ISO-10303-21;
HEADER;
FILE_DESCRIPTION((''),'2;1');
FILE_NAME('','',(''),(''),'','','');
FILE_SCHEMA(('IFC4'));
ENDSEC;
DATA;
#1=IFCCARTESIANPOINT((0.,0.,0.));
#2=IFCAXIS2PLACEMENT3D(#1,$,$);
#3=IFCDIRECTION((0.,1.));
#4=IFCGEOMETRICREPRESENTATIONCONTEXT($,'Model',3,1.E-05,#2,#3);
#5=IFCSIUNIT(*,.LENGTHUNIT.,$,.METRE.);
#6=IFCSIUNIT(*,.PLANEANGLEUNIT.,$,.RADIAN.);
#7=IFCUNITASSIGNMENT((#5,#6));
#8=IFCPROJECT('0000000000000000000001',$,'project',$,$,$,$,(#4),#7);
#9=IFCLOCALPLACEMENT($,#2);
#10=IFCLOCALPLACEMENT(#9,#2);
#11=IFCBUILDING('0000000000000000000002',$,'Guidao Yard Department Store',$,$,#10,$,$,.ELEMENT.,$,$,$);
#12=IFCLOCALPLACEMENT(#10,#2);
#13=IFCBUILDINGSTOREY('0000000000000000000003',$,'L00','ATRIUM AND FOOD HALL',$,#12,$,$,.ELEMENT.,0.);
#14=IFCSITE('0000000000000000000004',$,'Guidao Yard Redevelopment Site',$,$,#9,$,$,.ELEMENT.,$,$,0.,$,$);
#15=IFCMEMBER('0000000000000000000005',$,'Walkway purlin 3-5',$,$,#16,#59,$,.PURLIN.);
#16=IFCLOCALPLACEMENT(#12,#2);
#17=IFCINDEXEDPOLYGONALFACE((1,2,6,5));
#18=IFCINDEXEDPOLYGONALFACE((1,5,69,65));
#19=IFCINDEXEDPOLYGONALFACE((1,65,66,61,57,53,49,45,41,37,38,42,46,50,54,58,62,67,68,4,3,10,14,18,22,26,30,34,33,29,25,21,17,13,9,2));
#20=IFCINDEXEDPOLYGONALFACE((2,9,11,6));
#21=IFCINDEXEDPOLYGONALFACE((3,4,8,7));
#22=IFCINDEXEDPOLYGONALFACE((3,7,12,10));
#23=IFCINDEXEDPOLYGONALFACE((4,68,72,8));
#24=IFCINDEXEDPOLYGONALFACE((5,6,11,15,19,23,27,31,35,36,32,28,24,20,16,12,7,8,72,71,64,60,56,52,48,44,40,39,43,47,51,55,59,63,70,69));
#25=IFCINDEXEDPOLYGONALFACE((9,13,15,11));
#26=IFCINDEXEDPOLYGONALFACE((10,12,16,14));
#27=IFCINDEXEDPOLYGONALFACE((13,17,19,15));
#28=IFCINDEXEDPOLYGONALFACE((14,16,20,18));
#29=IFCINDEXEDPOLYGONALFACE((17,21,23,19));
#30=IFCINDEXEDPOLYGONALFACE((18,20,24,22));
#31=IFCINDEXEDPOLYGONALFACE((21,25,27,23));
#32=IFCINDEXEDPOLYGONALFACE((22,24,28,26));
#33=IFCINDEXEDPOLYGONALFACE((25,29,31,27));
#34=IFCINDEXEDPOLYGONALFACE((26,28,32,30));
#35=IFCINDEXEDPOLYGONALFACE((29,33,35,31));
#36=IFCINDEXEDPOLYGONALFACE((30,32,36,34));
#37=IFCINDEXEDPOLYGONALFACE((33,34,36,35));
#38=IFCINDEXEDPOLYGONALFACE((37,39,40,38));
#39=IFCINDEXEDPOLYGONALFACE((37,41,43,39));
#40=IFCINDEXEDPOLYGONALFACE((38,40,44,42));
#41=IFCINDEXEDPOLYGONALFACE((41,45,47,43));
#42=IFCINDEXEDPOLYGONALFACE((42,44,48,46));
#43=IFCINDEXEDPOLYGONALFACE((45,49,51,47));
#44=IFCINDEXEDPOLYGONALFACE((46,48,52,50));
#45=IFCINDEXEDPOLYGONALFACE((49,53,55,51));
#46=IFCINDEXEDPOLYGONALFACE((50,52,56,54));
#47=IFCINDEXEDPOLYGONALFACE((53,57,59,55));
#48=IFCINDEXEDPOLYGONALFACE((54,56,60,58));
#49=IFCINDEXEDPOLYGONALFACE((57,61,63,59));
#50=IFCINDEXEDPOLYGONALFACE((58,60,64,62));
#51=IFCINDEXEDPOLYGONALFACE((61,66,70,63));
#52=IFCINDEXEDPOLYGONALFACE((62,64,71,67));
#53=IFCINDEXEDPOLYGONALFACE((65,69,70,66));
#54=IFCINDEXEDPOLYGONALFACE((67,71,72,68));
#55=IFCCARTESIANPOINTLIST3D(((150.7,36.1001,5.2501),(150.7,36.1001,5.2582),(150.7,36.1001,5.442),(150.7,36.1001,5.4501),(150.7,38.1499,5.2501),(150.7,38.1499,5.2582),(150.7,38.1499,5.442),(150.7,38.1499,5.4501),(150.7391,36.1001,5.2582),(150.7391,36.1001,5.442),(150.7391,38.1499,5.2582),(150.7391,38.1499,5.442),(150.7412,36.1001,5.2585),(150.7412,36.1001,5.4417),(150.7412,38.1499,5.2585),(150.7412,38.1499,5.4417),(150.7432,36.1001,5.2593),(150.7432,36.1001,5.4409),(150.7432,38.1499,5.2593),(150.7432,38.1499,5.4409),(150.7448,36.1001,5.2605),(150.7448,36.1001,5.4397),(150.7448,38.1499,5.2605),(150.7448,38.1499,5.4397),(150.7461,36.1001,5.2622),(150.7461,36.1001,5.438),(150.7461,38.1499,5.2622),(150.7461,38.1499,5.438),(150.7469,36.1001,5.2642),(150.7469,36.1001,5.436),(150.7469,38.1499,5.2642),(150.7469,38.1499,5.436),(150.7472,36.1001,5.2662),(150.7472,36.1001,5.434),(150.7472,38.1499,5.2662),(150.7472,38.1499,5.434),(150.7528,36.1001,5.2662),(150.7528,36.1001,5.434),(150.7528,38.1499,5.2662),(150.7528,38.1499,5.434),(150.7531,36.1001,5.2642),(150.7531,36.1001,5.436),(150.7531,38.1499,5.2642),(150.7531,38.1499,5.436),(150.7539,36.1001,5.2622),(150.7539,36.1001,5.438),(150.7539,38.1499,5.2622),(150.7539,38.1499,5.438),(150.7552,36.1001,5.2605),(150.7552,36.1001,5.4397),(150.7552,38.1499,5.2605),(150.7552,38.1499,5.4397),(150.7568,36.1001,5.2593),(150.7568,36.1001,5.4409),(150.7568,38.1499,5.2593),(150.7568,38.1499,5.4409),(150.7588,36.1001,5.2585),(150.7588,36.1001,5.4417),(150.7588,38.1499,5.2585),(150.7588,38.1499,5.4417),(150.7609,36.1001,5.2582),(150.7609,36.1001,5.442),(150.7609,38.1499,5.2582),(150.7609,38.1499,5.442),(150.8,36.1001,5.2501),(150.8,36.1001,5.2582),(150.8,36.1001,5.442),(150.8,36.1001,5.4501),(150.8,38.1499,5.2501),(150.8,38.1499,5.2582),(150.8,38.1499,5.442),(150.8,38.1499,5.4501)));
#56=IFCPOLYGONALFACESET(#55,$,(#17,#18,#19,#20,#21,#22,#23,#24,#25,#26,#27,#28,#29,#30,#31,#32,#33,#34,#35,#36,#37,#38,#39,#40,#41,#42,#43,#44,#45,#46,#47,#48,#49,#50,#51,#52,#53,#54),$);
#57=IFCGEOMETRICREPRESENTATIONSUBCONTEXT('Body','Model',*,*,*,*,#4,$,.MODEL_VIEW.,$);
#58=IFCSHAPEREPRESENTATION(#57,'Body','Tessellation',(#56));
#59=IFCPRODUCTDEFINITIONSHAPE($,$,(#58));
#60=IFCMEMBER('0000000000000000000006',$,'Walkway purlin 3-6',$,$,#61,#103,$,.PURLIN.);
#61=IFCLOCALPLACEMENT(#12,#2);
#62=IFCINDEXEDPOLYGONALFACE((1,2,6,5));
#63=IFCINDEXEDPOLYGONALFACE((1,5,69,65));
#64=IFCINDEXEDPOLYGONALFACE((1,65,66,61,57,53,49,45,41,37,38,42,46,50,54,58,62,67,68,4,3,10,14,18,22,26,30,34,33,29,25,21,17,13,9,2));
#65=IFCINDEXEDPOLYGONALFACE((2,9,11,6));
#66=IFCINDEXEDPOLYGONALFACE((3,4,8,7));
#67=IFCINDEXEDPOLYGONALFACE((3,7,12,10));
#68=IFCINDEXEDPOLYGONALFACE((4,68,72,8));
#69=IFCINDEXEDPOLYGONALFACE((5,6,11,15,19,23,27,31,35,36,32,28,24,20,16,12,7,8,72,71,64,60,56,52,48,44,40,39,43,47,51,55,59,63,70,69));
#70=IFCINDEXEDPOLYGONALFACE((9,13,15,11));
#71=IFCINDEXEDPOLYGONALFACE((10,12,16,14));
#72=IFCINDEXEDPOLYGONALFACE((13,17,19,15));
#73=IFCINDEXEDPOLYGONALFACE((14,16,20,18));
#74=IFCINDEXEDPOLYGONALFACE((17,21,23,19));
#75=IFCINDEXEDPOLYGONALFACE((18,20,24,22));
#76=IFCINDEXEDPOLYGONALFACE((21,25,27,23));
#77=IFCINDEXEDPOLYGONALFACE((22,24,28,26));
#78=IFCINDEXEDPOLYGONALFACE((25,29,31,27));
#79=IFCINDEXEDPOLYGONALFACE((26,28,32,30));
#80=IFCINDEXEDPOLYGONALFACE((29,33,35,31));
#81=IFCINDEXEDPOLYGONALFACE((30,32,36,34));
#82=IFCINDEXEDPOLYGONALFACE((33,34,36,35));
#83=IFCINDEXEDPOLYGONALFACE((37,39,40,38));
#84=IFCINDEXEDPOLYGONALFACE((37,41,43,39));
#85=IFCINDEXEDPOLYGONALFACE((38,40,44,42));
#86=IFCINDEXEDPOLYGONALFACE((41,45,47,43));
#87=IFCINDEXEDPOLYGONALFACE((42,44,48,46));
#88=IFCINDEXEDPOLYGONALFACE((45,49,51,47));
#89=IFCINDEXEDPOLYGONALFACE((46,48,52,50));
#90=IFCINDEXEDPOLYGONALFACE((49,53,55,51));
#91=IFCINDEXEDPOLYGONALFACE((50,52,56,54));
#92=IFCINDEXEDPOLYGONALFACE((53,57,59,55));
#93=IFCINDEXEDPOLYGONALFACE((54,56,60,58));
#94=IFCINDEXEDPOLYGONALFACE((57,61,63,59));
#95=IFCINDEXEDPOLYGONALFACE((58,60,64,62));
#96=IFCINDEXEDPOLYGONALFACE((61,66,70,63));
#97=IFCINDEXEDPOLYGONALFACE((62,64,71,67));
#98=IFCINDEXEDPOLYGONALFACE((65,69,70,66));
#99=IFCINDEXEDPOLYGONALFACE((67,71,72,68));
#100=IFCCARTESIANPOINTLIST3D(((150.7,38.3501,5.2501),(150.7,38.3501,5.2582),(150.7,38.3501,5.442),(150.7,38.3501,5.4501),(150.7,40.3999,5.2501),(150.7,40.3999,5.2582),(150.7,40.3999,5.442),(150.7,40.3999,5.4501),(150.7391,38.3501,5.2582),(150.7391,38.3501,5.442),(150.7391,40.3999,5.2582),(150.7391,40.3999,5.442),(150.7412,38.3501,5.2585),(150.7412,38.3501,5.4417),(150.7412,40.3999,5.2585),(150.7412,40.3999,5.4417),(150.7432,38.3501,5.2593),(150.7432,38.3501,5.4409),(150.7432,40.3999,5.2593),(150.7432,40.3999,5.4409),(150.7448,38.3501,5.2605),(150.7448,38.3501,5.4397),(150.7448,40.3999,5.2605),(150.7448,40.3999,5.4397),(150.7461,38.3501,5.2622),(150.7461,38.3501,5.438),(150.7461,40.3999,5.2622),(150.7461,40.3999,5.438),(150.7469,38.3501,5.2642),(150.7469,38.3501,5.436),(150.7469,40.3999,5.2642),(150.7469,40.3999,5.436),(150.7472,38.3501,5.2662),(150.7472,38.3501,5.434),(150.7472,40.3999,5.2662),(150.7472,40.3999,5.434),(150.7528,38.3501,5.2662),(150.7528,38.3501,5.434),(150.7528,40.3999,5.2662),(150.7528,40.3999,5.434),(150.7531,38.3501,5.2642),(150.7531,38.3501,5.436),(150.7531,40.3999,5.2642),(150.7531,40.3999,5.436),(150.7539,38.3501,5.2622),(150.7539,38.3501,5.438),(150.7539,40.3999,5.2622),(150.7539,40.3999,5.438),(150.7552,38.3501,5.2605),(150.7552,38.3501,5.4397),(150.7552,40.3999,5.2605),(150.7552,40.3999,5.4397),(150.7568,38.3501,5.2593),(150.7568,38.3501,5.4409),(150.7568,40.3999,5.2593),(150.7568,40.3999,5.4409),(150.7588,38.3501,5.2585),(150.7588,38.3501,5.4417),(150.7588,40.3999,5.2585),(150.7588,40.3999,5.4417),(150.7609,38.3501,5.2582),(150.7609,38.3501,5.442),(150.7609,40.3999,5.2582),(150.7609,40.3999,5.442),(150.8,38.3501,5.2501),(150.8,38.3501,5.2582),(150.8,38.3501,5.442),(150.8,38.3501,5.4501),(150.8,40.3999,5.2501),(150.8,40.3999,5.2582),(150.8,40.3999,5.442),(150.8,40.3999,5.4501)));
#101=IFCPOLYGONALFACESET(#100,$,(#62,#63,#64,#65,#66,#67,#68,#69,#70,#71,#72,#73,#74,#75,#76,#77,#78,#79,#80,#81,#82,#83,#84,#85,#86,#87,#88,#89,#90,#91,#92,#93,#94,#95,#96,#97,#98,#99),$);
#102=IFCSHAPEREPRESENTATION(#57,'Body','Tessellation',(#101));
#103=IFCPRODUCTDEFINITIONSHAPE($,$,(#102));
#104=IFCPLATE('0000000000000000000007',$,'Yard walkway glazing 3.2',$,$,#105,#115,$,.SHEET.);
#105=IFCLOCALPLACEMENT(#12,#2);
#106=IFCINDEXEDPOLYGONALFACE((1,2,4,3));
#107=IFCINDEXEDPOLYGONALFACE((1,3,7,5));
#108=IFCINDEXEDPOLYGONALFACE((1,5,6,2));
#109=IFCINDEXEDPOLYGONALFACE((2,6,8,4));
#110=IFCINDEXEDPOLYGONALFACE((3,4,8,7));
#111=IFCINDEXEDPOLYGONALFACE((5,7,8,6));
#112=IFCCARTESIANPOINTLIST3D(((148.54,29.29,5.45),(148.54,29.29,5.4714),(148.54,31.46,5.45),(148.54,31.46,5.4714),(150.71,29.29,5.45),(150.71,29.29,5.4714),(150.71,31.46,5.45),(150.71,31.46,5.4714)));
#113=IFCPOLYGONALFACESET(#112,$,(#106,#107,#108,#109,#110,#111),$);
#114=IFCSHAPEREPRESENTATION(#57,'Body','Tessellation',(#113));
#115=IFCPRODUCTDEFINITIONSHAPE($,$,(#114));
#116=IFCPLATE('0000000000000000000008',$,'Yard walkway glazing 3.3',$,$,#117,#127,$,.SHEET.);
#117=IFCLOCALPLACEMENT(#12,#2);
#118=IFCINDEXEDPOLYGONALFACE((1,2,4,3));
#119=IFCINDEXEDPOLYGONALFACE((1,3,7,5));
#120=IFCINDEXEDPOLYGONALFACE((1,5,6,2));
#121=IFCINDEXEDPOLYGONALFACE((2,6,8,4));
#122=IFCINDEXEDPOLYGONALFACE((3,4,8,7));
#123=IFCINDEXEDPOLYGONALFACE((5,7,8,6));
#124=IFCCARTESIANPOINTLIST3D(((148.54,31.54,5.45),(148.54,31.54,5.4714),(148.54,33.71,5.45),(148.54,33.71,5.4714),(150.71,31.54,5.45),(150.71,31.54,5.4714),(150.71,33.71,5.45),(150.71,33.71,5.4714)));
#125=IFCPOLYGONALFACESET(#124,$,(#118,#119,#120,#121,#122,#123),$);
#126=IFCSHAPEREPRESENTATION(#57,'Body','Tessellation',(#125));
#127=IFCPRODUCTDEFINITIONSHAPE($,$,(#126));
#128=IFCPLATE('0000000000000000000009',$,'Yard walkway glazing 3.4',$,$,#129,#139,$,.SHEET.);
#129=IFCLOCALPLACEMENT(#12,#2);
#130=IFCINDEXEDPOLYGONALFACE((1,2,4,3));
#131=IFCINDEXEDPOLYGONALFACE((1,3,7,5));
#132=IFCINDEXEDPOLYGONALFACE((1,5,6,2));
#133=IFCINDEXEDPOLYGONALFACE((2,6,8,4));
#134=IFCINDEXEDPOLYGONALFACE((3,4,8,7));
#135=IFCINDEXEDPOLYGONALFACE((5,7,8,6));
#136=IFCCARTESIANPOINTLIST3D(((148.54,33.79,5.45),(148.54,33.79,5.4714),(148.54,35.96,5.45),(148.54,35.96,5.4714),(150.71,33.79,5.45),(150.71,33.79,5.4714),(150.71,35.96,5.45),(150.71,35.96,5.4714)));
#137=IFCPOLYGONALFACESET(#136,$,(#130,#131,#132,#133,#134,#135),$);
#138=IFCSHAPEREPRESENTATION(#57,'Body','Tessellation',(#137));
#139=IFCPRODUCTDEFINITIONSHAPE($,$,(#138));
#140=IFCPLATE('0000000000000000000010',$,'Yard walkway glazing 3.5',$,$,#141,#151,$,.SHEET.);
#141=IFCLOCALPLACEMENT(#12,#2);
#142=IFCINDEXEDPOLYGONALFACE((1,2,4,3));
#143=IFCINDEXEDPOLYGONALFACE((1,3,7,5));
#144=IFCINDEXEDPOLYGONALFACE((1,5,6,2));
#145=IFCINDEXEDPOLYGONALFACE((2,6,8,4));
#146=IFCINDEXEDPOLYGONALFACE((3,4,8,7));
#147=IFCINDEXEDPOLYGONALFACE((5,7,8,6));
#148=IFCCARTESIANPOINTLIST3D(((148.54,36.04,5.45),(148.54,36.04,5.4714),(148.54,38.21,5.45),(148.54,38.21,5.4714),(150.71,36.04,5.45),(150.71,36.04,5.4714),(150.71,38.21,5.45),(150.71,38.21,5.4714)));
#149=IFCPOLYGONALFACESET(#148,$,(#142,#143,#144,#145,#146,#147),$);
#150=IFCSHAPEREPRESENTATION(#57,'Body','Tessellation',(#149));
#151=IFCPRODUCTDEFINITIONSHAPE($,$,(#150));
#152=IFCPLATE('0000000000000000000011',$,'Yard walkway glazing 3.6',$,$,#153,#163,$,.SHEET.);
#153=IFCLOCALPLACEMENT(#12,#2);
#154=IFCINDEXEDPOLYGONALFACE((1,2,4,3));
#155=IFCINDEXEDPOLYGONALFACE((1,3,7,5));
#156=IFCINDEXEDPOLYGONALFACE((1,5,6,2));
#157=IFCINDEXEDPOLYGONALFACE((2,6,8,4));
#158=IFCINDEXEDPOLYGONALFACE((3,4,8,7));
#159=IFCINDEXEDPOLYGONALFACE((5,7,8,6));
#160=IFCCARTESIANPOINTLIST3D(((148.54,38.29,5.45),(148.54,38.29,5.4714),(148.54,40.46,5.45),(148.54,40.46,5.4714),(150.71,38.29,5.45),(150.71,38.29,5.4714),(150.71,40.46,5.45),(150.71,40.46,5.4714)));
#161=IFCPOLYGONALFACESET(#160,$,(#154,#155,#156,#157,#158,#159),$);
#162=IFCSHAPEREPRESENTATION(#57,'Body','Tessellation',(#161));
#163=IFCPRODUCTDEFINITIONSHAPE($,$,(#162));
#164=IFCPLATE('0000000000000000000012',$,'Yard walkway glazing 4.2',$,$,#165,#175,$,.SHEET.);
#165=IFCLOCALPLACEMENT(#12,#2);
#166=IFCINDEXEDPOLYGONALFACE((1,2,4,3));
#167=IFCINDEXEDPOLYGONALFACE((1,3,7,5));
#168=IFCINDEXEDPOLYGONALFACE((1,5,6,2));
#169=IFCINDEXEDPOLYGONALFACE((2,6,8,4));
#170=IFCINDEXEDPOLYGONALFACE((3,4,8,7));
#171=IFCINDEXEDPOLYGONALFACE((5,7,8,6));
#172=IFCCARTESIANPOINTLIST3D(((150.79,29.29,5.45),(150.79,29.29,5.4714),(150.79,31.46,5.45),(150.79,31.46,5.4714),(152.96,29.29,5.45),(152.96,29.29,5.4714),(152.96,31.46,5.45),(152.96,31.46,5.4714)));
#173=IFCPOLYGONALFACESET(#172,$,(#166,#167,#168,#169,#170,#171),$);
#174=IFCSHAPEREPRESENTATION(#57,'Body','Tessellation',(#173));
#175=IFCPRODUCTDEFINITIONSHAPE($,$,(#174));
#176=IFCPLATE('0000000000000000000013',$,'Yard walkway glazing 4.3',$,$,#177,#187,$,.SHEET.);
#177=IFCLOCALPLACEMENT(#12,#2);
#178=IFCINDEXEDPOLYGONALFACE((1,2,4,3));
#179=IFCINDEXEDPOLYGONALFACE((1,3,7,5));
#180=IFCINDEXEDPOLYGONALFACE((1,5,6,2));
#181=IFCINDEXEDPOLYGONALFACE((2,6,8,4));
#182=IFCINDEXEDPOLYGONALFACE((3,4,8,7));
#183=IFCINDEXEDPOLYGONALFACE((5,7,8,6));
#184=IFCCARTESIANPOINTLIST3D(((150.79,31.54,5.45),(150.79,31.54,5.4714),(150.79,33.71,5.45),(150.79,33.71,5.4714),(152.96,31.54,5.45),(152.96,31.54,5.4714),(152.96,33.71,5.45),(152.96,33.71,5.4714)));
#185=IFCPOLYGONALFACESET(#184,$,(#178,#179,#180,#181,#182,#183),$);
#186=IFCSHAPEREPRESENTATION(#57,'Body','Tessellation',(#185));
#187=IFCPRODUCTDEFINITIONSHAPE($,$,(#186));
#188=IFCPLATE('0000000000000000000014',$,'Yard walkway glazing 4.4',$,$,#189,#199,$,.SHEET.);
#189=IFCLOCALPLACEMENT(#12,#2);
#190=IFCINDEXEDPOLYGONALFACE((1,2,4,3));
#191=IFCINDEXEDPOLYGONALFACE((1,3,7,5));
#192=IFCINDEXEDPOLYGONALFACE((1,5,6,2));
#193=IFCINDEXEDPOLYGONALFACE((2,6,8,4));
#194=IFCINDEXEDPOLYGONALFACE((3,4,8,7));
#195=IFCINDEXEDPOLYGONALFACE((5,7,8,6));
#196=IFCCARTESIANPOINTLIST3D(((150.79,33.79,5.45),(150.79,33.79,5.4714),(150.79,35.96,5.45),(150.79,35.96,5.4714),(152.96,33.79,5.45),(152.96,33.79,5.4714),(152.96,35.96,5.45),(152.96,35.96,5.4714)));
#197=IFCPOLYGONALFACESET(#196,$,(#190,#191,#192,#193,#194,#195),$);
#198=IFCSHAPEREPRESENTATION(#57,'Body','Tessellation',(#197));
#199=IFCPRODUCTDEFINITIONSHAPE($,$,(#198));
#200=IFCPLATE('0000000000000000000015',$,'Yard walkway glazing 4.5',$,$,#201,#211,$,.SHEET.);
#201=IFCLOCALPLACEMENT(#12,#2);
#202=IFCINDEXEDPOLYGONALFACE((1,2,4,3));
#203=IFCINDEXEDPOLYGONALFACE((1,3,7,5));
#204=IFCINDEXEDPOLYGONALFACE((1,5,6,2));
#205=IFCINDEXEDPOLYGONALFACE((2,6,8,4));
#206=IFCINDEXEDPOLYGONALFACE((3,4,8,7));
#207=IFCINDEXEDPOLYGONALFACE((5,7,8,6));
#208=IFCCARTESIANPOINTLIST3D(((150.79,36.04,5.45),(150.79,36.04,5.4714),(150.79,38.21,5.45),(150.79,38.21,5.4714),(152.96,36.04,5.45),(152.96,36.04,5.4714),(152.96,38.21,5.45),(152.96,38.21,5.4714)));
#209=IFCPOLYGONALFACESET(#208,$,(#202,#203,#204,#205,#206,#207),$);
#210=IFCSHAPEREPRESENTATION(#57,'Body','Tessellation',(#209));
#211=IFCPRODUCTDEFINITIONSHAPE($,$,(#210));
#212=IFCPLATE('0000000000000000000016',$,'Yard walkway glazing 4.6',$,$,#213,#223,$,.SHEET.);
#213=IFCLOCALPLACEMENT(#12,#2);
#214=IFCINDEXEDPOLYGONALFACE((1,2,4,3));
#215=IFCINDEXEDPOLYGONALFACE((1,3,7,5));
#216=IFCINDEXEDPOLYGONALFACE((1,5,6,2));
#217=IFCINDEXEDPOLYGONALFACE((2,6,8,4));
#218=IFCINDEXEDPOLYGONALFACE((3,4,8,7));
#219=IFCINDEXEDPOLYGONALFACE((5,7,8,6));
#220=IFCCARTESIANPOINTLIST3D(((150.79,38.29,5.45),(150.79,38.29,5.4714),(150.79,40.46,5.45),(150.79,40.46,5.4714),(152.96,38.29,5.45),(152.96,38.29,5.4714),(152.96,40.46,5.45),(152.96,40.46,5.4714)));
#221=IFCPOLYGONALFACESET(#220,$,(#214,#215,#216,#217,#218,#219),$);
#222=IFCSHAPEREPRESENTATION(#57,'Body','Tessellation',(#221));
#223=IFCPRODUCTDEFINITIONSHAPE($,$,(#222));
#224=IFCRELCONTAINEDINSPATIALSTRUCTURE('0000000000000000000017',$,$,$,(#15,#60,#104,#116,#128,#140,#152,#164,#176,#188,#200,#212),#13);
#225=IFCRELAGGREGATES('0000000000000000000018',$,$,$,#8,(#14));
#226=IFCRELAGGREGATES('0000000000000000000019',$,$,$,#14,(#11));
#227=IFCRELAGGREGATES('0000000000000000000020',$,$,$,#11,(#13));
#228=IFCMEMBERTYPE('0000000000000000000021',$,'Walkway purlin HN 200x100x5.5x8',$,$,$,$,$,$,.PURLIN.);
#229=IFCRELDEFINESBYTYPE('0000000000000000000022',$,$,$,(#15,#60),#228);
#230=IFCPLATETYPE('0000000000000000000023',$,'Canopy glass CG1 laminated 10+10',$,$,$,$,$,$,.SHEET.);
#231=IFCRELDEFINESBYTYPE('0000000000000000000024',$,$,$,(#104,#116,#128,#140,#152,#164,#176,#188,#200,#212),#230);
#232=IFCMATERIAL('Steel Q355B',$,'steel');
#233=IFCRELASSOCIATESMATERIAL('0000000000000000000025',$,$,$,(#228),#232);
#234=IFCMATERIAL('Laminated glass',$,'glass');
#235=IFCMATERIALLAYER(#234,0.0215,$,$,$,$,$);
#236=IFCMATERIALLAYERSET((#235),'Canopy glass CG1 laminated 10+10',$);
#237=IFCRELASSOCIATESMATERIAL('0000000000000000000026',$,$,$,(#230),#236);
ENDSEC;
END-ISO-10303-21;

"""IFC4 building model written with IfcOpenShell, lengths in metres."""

from ifc_helpers import new_model, si_unit, direction, frame, origin, origin_2d, place, context, subcontext, project, spatial, rectangle, i_section, extrude, material, layer, layer_set, material_profile, profile_set, type_object, element, save


model = new_model("IFC4")

# Units and contexts
model_context = context("Model", 3, precision=1e-05, world=origin(), true_north=direction((0.0, 1.0)))
body_context = subcontext(model_context, "Body", "Model", "MODEL_VIEW")
ifc_project = project(units=[si_unit("LENGTHUNIT", "METRE"), si_unit("PLANEANGLEUNIT", "RADIAN")], contexts=[model_context])

# Site, building, storey
site_placement = place(None, origin())
site = spatial("IfcSite", under=ifc_project, at=site_placement, Name="Guidao Yard Redevelopment Site", CompositionType="ELEMENT", RefElevation=0.0)
building_placement = place(site_placement, origin())
building = spatial("IfcBuilding", under=site, at=building_placement, Name="Guidao Yard Department Store", CompositionType="ELEMENT")
storey_placement = place(building_placement, origin())
storey = spatial("IfcBuildingStorey", under=building, at=storey_placement, Name="L00", Description="ATRIUM AND FOOD HALL", CompositionType="ELEMENT", Elevation=0.0)

# Members
ifc_material_1 = material(Name="Steel Q355B", Category="steel")
ifc_material_profile_1 = material_profile(ifc_material_1, i_section(OverallWidth=0.1001, OverallDepth=0.2, WebThickness=0.0056, FlangeThickness=0.0081, FilletRadius=0.0081, at=origin_2d()), Name="HN 200x100x5.5x8")
ifc_profile_set_1 = profile_set([ifc_material_profile_1], Name="Steel Q355B")
member_type = type_object("IfcMemberType", Name="Walkway purlin HN 200x100x5.5x8", PredefinedType="PURLIN", material=ifc_profile_set_1)
for number, where, z_axis, x_axis, name in (
    (1, (150.75, 36.1001, 5.3501), (0.0, 1.0, 0.0), (-1.0, 0.0, 0.0), "Walkway purlin 3-5"),
    (2, (150.75, 38.3501, 5.3501), (0.0, 1.0, 0.0), (-1.0, 0.0, 0.0), "Walkway purlin 3-6"),
):
    element("IfcMember", number, at=place(storey_placement, frame(where, z_axis=z_axis, x_axis=x_axis)), inside=storey, type_object=member_type, Name=name, PredefinedType="PURLIN", context=body_context, shape_type="SweptSolid", body=[
        extrude(i_section(OverallWidth=0.1001, OverallDepth=0.2, WebThickness=0.0056, FlangeThickness=0.0081, FilletRadius=0.0081, at=origin_2d()), origin(), (0.0, 0.0, 1.0), 2.0498),
    ])

# Plates
ifc_material_2 = material(Name="Laminated glass", Category="glass")
ifc_layer_1 = layer(ifc_material_2, 0.0215)
ifc_layer_set_1 = layer_set([ifc_layer_1], Name="Canopy glass CG1 laminated 10+10")
plate_type = type_object("IfcPlateType", Name="Canopy glass CG1 laminated 10+10", PredefinedType="SHEET", material=ifc_layer_set_1)
for number, where, z_axis, x_axis, name in (
    (3, (149.625, 30.375, 5.45), (0.0, 0.0, 1.0), (1.0, 0.0, 0.0), "Yard walkway glazing 3.2"),
    (4, (149.625, 32.625, 5.45), (0.0, 0.0, 1.0), (1.0, 0.0, 0.0), "Yard walkway glazing 3.3"),
    (5, (149.625, 34.875, 5.45), (0.0, 0.0, 1.0), (1.0, 0.0, 0.0), "Yard walkway glazing 3.4"),
    (6, (149.625, 37.125, 5.45), (0.0, 0.0, 1.0), (1.0, 0.0, 0.0), "Yard walkway glazing 3.5"),
    (7, (149.625, 39.375, 5.45), (0.0, 0.0, 1.0), (1.0, 0.0, 0.0), "Yard walkway glazing 3.6"),
    (8, (151.875, 30.375, 5.45), (0.0, 0.0, 1.0), (1.0, 0.0, 0.0), "Yard walkway glazing 4.2"),
    (9, (151.875, 32.625, 5.45), (0.0, 0.0, 1.0), (1.0, 0.0, 0.0), "Yard walkway glazing 4.3"),
    (10, (151.875, 34.875, 5.45), (0.0, 0.0, 1.0), (1.0, 0.0, 0.0), "Yard walkway glazing 4.4"),
    (11, (151.875, 37.125, 5.45), (0.0, 0.0, 1.0), (1.0, 0.0, 0.0), "Yard walkway glazing 4.5"),
    (12, (151.875, 39.375, 5.45), (0.0, 0.0, 1.0), (1.0, 0.0, 0.0), "Yard walkway glazing 4.6"),
):
    element("IfcPlate", number, at=place(storey_placement, frame(where, z_axis=z_axis, x_axis=x_axis)), inside=storey, type_object=plate_type, Name=name, PredefinedType="SHEET", context=body_context, shape_type="SweptSolid", body=[
        extrude(rectangle(XDim=2.1699, YDim=2.1699, at=origin_2d()), origin(), (0.0, 0.0, 1.0), 0.0215),
    ])

save(model, "model.ifc")
